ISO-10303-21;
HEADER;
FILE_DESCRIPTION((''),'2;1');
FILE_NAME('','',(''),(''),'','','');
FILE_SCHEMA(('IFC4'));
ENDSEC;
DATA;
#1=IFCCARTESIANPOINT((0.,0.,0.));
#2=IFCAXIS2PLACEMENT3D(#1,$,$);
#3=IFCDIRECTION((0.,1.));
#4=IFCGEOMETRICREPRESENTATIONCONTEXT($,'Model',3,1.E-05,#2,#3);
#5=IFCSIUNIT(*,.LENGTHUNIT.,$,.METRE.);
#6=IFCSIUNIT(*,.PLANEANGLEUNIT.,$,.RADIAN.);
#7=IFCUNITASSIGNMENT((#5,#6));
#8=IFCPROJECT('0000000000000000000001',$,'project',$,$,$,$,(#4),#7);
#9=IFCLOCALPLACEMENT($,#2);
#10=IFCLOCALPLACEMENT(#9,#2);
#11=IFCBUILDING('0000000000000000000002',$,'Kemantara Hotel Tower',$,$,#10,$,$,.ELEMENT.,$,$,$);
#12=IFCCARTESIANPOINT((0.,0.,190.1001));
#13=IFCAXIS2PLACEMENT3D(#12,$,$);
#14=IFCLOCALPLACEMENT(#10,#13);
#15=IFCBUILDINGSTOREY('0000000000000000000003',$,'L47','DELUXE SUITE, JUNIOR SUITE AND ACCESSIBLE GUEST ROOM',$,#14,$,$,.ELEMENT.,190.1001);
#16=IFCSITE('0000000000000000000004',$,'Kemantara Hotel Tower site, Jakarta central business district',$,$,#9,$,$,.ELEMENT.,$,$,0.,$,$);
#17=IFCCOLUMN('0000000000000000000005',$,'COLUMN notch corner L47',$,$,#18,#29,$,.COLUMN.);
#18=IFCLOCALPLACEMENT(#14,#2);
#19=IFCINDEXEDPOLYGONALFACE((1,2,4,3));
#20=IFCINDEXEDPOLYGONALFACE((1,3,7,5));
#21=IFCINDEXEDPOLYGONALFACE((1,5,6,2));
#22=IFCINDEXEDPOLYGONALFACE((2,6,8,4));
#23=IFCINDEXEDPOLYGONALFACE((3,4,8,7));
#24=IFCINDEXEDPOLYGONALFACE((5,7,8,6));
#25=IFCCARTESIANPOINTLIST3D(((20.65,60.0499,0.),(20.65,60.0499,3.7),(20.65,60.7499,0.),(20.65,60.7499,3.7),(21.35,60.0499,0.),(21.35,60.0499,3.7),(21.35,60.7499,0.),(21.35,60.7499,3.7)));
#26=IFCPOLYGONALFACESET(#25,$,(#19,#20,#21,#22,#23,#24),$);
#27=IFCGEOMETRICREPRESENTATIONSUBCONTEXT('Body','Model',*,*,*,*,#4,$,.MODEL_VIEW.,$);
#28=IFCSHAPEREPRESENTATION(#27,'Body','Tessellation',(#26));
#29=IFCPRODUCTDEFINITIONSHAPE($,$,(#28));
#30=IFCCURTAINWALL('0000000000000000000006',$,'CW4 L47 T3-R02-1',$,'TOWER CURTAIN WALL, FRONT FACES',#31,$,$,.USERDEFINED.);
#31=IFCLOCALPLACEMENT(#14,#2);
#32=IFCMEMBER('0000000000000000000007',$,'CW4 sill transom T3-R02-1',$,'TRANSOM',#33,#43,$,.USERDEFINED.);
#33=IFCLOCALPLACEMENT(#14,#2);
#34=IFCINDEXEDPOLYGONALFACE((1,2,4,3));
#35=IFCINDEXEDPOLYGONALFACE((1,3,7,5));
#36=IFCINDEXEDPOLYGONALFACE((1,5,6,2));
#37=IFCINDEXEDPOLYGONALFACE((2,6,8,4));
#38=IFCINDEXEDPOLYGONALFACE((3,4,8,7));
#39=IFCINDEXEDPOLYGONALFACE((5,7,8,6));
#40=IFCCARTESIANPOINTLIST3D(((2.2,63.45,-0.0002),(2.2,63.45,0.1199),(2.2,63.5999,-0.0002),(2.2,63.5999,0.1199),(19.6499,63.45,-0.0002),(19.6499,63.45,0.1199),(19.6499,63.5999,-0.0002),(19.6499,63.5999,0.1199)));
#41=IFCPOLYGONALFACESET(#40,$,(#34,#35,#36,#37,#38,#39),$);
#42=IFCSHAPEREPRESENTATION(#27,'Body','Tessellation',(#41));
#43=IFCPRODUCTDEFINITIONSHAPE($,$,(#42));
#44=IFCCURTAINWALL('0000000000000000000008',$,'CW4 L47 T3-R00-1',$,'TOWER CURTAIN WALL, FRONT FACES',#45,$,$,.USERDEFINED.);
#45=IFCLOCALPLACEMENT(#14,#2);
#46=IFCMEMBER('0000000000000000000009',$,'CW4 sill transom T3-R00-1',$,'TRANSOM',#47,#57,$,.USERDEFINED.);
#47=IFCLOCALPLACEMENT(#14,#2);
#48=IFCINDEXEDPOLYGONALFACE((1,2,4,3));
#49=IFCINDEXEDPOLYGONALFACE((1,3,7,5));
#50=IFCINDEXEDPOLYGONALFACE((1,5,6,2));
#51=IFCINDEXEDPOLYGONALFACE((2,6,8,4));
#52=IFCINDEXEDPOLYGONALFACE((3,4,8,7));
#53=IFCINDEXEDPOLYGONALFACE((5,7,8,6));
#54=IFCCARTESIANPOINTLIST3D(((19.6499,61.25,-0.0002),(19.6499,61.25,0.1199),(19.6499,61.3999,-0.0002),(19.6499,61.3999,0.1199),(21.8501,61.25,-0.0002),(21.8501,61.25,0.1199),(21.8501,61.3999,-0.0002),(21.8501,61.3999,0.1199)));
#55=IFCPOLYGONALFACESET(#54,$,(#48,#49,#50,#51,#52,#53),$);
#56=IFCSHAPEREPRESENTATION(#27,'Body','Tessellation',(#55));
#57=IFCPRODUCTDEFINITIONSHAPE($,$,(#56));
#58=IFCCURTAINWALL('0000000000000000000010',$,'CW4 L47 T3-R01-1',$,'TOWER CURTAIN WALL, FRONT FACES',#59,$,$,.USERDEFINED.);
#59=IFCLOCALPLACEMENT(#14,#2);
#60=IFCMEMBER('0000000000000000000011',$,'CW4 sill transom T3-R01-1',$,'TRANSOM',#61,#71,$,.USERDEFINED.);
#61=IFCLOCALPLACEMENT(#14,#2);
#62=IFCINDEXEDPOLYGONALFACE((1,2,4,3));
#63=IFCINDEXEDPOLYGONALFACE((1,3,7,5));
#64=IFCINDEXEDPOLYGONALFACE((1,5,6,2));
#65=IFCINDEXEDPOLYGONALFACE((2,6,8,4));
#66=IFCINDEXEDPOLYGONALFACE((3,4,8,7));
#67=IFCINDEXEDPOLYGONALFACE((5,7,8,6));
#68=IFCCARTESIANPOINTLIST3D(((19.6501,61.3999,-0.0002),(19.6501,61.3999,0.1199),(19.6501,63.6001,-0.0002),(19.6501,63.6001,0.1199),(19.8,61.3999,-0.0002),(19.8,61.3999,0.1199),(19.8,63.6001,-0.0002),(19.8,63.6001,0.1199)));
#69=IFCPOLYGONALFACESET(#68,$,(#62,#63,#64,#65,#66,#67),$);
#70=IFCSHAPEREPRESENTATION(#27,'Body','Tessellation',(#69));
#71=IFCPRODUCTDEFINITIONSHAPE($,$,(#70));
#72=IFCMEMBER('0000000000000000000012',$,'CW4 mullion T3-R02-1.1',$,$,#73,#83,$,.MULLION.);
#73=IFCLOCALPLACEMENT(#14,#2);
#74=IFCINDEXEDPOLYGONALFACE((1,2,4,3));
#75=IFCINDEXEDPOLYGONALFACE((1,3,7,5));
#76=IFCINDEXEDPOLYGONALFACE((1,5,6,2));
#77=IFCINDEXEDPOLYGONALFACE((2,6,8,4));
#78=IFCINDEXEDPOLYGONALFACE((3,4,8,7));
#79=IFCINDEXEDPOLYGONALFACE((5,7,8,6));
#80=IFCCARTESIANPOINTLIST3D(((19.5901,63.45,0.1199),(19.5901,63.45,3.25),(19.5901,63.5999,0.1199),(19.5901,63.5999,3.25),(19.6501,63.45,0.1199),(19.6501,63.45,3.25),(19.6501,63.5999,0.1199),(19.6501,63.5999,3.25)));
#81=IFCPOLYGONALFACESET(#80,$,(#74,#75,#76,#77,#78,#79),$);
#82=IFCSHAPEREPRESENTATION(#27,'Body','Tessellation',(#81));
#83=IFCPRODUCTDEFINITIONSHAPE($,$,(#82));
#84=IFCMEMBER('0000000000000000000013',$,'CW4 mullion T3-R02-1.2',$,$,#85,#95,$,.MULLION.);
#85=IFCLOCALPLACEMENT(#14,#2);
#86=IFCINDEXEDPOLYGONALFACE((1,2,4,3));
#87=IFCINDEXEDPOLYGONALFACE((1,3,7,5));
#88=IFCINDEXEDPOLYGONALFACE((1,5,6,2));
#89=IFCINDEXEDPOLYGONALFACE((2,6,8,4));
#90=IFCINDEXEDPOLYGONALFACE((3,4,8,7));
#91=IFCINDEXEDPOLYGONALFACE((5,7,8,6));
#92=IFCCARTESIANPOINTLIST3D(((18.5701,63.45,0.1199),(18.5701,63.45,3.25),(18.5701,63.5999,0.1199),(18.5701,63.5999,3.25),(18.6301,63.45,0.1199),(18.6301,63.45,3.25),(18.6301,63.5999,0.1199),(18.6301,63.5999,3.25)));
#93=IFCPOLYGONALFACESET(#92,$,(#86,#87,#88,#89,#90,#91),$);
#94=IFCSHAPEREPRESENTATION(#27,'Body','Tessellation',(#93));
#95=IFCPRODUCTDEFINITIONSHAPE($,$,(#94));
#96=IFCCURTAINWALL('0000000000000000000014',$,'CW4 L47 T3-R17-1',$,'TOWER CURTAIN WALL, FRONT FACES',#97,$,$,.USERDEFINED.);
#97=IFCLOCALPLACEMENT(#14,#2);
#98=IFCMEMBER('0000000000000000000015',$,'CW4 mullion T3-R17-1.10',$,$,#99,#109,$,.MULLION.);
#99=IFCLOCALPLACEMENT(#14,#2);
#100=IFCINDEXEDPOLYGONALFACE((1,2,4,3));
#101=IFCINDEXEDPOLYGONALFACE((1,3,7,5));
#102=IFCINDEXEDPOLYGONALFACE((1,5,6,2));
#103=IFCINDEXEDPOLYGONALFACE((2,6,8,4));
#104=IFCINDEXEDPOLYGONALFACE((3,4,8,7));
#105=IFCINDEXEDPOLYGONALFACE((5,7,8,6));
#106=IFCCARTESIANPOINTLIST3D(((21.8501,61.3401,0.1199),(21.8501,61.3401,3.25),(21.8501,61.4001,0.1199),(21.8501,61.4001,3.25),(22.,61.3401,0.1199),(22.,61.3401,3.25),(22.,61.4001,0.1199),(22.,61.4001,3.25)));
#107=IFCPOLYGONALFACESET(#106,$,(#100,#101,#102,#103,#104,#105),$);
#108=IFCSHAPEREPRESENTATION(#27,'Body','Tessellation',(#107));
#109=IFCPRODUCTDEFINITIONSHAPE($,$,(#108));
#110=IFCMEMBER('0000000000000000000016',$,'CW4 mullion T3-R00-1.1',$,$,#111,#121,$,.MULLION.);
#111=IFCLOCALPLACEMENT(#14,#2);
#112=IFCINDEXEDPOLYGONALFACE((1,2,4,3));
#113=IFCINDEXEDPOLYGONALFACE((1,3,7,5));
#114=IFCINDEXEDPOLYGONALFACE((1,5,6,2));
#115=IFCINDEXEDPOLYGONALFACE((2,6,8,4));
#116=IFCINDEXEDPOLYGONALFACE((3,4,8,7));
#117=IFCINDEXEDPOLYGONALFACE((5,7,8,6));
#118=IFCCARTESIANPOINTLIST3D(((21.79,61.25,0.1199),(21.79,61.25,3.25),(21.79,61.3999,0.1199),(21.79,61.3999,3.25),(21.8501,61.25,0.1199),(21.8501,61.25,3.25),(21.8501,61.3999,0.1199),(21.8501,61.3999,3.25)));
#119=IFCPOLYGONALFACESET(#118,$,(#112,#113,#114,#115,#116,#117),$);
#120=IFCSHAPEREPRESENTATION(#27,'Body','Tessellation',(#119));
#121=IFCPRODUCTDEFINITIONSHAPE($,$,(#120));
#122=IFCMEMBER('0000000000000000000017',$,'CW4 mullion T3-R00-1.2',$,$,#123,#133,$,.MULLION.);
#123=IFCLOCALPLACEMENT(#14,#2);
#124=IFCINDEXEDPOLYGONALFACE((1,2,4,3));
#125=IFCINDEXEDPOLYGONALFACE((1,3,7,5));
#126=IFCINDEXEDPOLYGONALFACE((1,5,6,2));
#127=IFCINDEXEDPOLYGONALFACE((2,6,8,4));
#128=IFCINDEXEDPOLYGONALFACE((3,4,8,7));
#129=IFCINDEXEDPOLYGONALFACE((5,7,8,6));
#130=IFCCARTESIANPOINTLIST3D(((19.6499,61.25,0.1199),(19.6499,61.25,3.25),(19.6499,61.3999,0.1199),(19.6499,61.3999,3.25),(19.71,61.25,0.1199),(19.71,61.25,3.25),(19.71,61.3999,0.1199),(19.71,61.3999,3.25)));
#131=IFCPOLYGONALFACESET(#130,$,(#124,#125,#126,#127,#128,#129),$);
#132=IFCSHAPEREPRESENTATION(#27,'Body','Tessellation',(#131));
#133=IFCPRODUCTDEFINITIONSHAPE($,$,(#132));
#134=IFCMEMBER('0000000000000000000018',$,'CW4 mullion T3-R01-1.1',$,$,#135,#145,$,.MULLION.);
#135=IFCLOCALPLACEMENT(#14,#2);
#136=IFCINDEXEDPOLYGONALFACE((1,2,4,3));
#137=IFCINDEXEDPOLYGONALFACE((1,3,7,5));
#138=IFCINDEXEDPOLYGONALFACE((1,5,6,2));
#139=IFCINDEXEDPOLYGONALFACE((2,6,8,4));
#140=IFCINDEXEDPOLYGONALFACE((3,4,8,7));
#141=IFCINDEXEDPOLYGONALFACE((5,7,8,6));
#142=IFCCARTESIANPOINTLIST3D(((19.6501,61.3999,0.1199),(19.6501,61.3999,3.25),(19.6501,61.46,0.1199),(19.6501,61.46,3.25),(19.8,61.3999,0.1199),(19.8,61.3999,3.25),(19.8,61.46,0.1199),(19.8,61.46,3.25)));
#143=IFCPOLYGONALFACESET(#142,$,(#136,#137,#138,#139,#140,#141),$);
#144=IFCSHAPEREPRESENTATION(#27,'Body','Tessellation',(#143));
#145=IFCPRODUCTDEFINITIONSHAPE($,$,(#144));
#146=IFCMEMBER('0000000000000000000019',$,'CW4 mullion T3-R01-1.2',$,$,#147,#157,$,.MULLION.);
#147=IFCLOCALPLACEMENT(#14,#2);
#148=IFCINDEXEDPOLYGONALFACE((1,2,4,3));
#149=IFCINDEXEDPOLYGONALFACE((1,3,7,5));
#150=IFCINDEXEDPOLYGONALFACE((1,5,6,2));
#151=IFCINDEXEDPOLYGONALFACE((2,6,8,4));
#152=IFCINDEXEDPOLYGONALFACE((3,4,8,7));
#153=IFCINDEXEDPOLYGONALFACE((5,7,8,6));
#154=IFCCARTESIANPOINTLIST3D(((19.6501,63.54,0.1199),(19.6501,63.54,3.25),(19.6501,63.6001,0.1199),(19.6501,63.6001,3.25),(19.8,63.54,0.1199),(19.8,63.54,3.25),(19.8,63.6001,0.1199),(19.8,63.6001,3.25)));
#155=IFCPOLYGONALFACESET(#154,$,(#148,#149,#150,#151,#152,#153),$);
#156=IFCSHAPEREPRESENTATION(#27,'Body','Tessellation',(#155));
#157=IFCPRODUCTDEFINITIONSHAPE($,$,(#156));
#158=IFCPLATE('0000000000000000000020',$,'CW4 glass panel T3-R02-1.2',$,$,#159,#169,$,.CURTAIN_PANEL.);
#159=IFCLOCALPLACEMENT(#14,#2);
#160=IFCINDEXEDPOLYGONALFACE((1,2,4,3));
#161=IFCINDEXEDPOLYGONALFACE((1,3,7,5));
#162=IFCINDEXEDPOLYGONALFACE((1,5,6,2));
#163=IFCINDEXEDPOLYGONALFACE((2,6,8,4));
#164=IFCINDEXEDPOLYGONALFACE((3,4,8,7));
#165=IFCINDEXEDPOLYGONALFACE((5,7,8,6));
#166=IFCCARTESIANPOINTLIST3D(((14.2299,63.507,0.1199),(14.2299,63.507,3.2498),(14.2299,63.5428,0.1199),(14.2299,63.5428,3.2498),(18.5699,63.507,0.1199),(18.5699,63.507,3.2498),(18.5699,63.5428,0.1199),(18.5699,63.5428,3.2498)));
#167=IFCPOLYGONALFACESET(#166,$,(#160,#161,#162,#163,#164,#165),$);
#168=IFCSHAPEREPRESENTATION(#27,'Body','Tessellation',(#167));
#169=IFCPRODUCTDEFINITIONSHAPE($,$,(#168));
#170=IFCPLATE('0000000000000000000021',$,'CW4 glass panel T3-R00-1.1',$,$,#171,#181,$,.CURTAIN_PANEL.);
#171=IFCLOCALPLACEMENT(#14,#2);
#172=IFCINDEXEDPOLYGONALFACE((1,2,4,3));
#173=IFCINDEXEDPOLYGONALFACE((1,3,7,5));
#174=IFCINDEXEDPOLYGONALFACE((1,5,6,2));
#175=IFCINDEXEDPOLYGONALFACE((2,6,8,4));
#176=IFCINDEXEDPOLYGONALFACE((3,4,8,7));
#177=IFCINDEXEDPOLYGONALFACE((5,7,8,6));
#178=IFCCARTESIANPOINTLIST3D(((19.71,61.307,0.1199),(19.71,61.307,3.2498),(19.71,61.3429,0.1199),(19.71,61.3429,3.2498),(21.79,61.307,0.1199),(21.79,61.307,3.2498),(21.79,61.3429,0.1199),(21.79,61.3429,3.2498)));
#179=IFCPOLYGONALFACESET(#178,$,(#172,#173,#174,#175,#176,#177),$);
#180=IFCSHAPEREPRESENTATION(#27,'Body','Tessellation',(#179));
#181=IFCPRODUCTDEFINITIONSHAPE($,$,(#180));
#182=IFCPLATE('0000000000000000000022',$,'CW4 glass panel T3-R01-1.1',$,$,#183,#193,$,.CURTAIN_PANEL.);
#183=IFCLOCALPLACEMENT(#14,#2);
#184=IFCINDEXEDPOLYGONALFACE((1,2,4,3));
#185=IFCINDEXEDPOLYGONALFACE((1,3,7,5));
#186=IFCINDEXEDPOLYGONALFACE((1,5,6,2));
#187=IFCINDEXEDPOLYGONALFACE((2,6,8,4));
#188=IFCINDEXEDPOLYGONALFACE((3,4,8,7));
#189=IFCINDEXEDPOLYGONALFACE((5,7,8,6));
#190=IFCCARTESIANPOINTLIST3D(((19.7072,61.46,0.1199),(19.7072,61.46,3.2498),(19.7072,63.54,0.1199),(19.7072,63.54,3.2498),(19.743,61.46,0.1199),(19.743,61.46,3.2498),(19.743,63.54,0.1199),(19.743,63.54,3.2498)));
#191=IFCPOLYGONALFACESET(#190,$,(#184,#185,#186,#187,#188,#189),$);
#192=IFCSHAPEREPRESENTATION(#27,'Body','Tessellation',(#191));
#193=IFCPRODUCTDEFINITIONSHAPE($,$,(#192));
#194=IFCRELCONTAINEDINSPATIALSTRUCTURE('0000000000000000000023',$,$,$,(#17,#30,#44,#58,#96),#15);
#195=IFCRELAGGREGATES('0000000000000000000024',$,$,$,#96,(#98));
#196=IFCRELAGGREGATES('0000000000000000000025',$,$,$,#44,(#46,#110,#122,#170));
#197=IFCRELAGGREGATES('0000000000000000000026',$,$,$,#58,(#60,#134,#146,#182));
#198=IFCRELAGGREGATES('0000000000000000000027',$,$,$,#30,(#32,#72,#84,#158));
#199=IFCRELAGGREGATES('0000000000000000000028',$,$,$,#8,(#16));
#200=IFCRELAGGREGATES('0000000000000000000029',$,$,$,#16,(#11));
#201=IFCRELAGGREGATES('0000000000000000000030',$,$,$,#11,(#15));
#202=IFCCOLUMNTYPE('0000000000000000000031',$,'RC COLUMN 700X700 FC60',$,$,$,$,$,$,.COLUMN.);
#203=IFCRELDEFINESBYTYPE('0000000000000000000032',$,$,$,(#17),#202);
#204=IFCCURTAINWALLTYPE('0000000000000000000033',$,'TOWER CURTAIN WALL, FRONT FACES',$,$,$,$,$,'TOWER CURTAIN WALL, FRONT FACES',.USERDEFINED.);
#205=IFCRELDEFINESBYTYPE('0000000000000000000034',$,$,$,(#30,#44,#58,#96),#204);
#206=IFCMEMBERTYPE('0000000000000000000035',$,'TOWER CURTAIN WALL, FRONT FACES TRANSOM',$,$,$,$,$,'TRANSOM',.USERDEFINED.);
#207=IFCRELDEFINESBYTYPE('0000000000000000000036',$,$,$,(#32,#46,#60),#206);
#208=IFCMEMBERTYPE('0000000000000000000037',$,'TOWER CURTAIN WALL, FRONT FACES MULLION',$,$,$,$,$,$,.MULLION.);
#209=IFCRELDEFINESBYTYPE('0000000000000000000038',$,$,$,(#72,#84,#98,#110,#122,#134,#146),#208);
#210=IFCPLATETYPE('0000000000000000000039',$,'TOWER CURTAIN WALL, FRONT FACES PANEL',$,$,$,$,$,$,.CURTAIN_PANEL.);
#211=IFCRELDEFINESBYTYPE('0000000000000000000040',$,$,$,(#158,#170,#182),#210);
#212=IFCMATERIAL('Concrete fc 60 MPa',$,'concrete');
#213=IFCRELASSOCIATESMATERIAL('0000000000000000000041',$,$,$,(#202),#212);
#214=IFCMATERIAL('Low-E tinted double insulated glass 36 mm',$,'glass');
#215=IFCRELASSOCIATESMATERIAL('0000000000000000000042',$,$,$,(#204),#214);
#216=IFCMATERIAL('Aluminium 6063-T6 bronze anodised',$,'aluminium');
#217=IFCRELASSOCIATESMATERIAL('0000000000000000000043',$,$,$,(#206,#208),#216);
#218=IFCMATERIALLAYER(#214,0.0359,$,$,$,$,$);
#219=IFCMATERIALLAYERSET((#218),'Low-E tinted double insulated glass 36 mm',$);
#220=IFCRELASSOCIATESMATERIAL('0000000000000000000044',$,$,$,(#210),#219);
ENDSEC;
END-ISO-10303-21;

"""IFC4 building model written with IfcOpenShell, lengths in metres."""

from ifc_helpers import new_model, si_unit, direction, frame, origin, origin_2d, place, context, subcontext, project, spatial, rectangle, extrude, source, transform, mapped, material, layer, layer_set, material_profile, profile_set, type_object, element, aggregate, save


model = new_model("IFC4")

# Units and contexts
model_context = context("Model", 3, precision=1e-05, world=origin(), true_north=direction((0.0, 1.0)))
body_context = subcontext(model_context, "Body", "Model", "MODEL_VIEW")
ifc_project = project(units=[si_unit("LENGTHUNIT", "METRE"), si_unit("PLANEANGLEUNIT", "RADIAN")], contexts=[model_context])

# Site, building, storey
site_placement = place(None, origin())
site = spatial("IfcSite", under=ifc_project, at=site_placement, Name="Kemantara Hotel Tower site, Jakarta central business district", CompositionType="ELEMENT", RefElevation=0.0)
building_placement = place(site_placement, origin())
building = spatial("IfcBuilding", under=site, at=building_placement, Name="Kemantara Hotel Tower", CompositionType="ELEMENT")
storey_placement = place(building_placement, frame((0.0, 0.0, 190.1001)))
storey = spatial("IfcBuildingStorey", under=building, at=storey_placement, Name="L47", Description="DELUXE SUITE, JUNIOR SUITE AND ACCESSIBLE GUEST ROOM", CompositionType="ELEMENT", Elevation=190.1001)

# Column
ifc_material_1 = material(Name="Concrete fc 60 MPa", Category="concrete")
ifc_material_profile_1 = material_profile(ifc_material_1, rectangle(XDim=0.7, YDim=0.7, at=origin_2d()), Name="RC 700X700")
ifc_profile_set_1 = profile_set([ifc_material_profile_1], Name="Concrete fc 60 MPa")
column_type = type_object("IfcColumnType", Name="RC COLUMN 700X700 FC60", PredefinedType="COLUMN", material=ifc_profile_set_1)
column_placement = place(storey_placement, frame((21.0, 60.3999, 0.0), z_axis=(0.0, 0.0, 1.0), x_axis=(1.0, 0.0, 0.0)))
element("IfcColumn", 1, at=column_placement, inside=storey, type_object=column_type, Name="COLUMN notch corner L47", PredefinedType="COLUMN", context=body_context, shape_type="SweptSolid", body=[
    extrude(rectangle(XDim=0.7, YDim=0.7, at=origin_2d()), origin(), (0.0, 0.0, 1.0), 3.7),
])

# Curtain walls, members
ifc_material_2 = material(Name="Low-E tinted double insulated glass 36 mm", Category="glass")
curtain_wall_type = type_object("IfcCurtainWallType", Name="TOWER CURTAIN WALL, FRONT FACES", ElementType="TOWER CURTAIN WALL, FRONT FACES", PredefinedType="USERDEFINED", material=ifc_material_2)
curtain_wall_1_placement = place(storey_placement, origin())
curtain_wall_1 = element("IfcCurtainWall", 2, at=curtain_wall_1_placement, inside=storey, type_object=curtain_wall_type, Name="CW4 L47 T3-R02-1", ObjectType="TOWER CURTAIN WALL, FRONT FACES", PredefinedType="USERDEFINED")
ifc_material_3 = material(Name="Aluminium 6063-T6 bronze anodised", Category="aluminium")
ifc_material_profile_2 = material_profile(ifc_material_3, rectangle(XDim=0.1499, YDim=0.1201, at=origin_2d()), Name="TOWER CURTAIN WALL, FRONT FACES TRANSOM")
ifc_profile_set_2 = profile_set([ifc_material_profile_2], Name="Aluminium 6063-T6 bronze anodised")
member_type_1 = type_object("IfcMemberType", Name="TOWER CURTAIN WALL, FRONT FACES TRANSOM", ElementType="TRANSOM", PredefinedType="USERDEFINED", material=ifc_profile_set_2)
member_1_placement = place(storey_placement, frame((19.6499, 63.5249, 0.0598), z_axis=(-1.0, 0.0, 0.0), x_axis=(0.0, -1.0, 0.0)))
member_1 = element("IfcMember", 3, at=member_1_placement, type_object=member_type_1, Name="CW4 sill transom T3-R02-1", ObjectType="TRANSOM", PredefinedType="USERDEFINED", context=body_context, shape_type="SweptSolid", body=[
    extrude(rectangle(XDim=0.1499, YDim=0.1201, at=origin_2d()), origin(), (0.0, 0.0, 1.0), 17.45),
])
curtain_wall_2_placement = place(storey_placement, origin())
curtain_wall_2 = element("IfcCurtainWall", 4, at=curtain_wall_2_placement, inside=storey, type_object=curtain_wall_type, Name="CW4 L47 T3-R00-1", ObjectType="TOWER CURTAIN WALL, FRONT FACES", PredefinedType="USERDEFINED")
member_2_placement = place(storey_placement, frame((21.8501, 61.325, 0.0598), z_axis=(-1.0, 0.0, 0.0), x_axis=(0.0, -1.0, 0.0)))
member_2 = element("IfcMember", 5, at=member_2_placement, type_object=member_type_1, Name="CW4 sill transom T3-R00-1", ObjectType="TRANSOM", PredefinedType="USERDEFINED", context=body_context, shape_type="SweptSolid", body=[
    extrude(rectangle(XDim=0.1499, YDim=0.1201, at=origin_2d()), origin(), (0.0, 0.0, 1.0), 2.2002),
])
curtain_wall_3_placement = place(storey_placement, origin())
curtain_wall_3 = element("IfcCurtainWall", 6, at=curtain_wall_3_placement, inside=storey, type_object=curtain_wall_type, Name="CW4 L47 T3-R01-1", ObjectType="TOWER CURTAIN WALL, FRONT FACES", PredefinedType="USERDEFINED")
member_3_placement = place(storey_placement, frame((19.7251, 61.3999, 0.0598), z_axis=(0.0, 1.0, 0.0), x_axis=(-1.0, 0.0, 0.0)))
member_3 = element("IfcMember", 7, at=member_3_placement, type_object=member_type_1, Name="CW4 sill transom T3-R01-1", ObjectType="TRANSOM", PredefinedType="USERDEFINED", context=body_context, shape_type="SweptSolid", body=[
    extrude(rectangle(XDim=0.1499, YDim=0.1201, at=origin_2d()), origin(), (0.0, 0.0, 1.0), 2.2002),
])

# Members
ifc_material_profile_3 = material_profile(ifc_material_3, rectangle(XDim=0.1499, YDim=0.0601, at=origin_2d()), Name="TOWER CURTAIN WALL, FRONT FACES MULLION")
ifc_profile_set_3 = profile_set([ifc_material_profile_3], Name="Aluminium 6063-T6 bronze anodised")
member_type_2 = type_object("IfcMemberType", Name="TOWER CURTAIN WALL, FRONT FACES MULLION", PredefinedType="MULLION", material=ifc_profile_set_3)
shared_shape_1 = source(origin(), body_context, "Body", "SweptSolid", [
    extrude(rectangle(XDim=0.1499, YDim=0.0601, at=origin_2d()), origin(), (0.0, 0.0, 1.0), 3.1301),
])
member_4_placement = place(storey_placement, frame((19.6201, 63.5249, 0.1199), z_axis=(0.0, 0.0, 1.0), x_axis=(0.0, -1.0, 0.0)))
member_4 = element("IfcMember", 8, at=member_4_placement, type_object=member_type_2, Name="CW4 mullion T3-R02-1.1", PredefinedType="MULLION", context=body_context, shape_type="MappedRepresentation", body=[
    mapped(shared_shape_1, transform((0.0, 0.0, 0.0))),
])
member_5_placement = place(storey_placement, frame((18.6001, 63.5249, 0.1199), z_axis=(0.0, 0.0, 1.0), x_axis=(0.0, -1.0, 0.0)))
member_5 = element("IfcMember", 9, at=member_5_placement, type_object=member_type_2, Name="CW4 mullion T3-R02-1.2", PredefinedType="MULLION", context=body_context, shape_type="MappedRepresentation", body=[
    mapped(shared_shape_1, transform((0.0, 0.0, 0.0))),
])

# Curtain wall, member
curtain_wall_4_placement = place(storey_placement, origin())
curtain_wall_4 = element("IfcCurtainWall", 10, at=curtain_wall_4_placement, inside=storey, type_object=curtain_wall_type, Name="CW4 L47 T3-R17-1", ObjectType="TOWER CURTAIN WALL, FRONT FACES", PredefinedType="USERDEFINED")
member_6_placement = place(storey_placement, frame((21.925, 61.3701, 0.1199), z_axis=(0.0, 0.0, 1.0), x_axis=(-1.0, 0.0, 0.0)))
member_6 = element("IfcMember", 11, at=member_6_placement, type_object=member_type_2, Name="CW4 mullion T3-R17-1.10", PredefinedType="MULLION", context=body_context, shape_type="MappedRepresentation", body=[
    mapped(shared_shape_1, transform((0.0, 0.0, 0.0))),
])
aggregate(curtain_wall_4, [member_6])

# Members
member_7_placement = place(storey_placement, frame((21.8201, 61.325, 0.1199), z_axis=(0.0, 0.0, 1.0), x_axis=(0.0, -1.0, 0.0)))
member_7 = element("IfcMember", 12, at=member_7_placement, type_object=member_type_2, Name="CW4 mullion T3-R00-1.1", PredefinedType="MULLION", context=body_context, shape_type="MappedRepresentation", body=[
    mapped(shared_shape_1, transform((0.0, 0.0, 0.0))),
])
member_8_placement = place(storey_placement, frame((19.6799, 61.325, 0.1199), z_axis=(0.0, 0.0, 1.0), x_axis=(0.0, -1.0, 0.0)))
member_8 = element("IfcMember", 13, at=member_8_placement, type_object=member_type_2, Name="CW4 mullion T3-R00-1.2", PredefinedType="MULLION", context=body_context, shape_type="MappedRepresentation", body=[
    mapped(shared_shape_1, transform((0.0, 0.0, 0.0))),
])
member_9_placement = place(storey_placement, frame((19.7251, 61.4299, 0.1199), z_axis=(0.0, 0.0, 1.0), x_axis=(-1.0, 0.0, 0.0)))
member_9 = element("IfcMember", 14, at=member_9_placement, type_object=member_type_2, Name="CW4 mullion T3-R01-1.1", PredefinedType="MULLION", context=body_context, shape_type="MappedRepresentation", body=[
    mapped(shared_shape_1, transform((0.0, 0.0, 0.0))),
])
member_10_placement = place(storey_placement, frame((19.7251, 63.5701, 0.1199), z_axis=(0.0, 0.0, 1.0), x_axis=(-1.0, 0.0, 0.0)))
member_10 = element("IfcMember", 15, at=member_10_placement, type_object=member_type_2, Name="CW4 mullion T3-R01-1.2", PredefinedType="MULLION", context=body_context, shape_type="MappedRepresentation", body=[
    mapped(shared_shape_1, transform((0.0, 0.0, 0.0))),
])

# Plates
ifc_layer_1 = layer(ifc_material_2, 0.0359)
ifc_layer_set_1 = layer_set([ifc_layer_1], Name="Low-E tinted double insulated glass 36 mm")
plate_type = type_object("IfcPlateType", Name="TOWER CURTAIN WALL, FRONT FACES PANEL", PredefinedType="CURTAIN_PANEL", material=ifc_layer_set_1)
shared_shape_2 = source(origin(), body_context, "Body", "SweptSolid", [
    extrude(rectangle(XDim=4.3401, YDim=0.0359, at=origin_2d()), origin(), (0.0, 0.0, 1.0), 3.1299),
])
plate_1_placement = place(storey_placement, frame((16.3999, 63.5249, 0.1199), z_axis=(0.0, 0.0, 1.0), x_axis=(-1.0, 0.0, 0.0)))
plate_1 = element("IfcPlate", 16, at=plate_1_placement, type_object=plate_type, Name="CW4 glass panel T3-R02-1.2", PredefinedType="CURTAIN_PANEL", context=body_context, shape_type="MappedRepresentation", body=[
    mapped(shared_shape_2, transform((0.0, 0.0, 0.0))),
])
shared_shape_3 = source(origin(), body_context, "Body", "SweptSolid", [
    extrude(rectangle(XDim=2.0801, YDim=0.0359, at=origin_2d()), origin(), (0.0, 0.0, 1.0), 3.1299),
])
plate_2_placement = place(storey_placement, frame((20.75, 61.325, 0.1199), z_axis=(0.0, 0.0, 1.0), x_axis=(-1.0, 0.0, 0.0)))
plate_2 = element("IfcPlate", 17, at=plate_2_placement, type_object=plate_type, Name="CW4 glass panel T3-R00-1.1", PredefinedType="CURTAIN_PANEL", context=body_context, shape_type="MappedRepresentation", body=[
    mapped(shared_shape_3, transform((0.0, 0.0, 0.0))),
])
aggregate(curtain_wall_2, [member_2, member_7, member_8, plate_2])
plate_3_placement = place(storey_placement, frame((19.7251, 62.5, 0.1199), z_axis=(0.0, 0.0, 1.0), x_axis=(0.0, 1.0, 0.0)))
plate_3 = element("IfcPlate", 18, at=plate_3_placement, type_object=plate_type, Name="CW4 glass panel T3-R01-1.1", PredefinedType="CURTAIN_PANEL", context=body_context, shape_type="MappedRepresentation", body=[
    mapped(shared_shape_3, transform((0.0, 0.0, 0.0))),
])
aggregate(curtain_wall_3, [member_3, member_9, member_10, plate_3])
aggregate(curtain_wall_1, [member_1, member_4, member_5, plate_1])

save(model, "model.ifc")
